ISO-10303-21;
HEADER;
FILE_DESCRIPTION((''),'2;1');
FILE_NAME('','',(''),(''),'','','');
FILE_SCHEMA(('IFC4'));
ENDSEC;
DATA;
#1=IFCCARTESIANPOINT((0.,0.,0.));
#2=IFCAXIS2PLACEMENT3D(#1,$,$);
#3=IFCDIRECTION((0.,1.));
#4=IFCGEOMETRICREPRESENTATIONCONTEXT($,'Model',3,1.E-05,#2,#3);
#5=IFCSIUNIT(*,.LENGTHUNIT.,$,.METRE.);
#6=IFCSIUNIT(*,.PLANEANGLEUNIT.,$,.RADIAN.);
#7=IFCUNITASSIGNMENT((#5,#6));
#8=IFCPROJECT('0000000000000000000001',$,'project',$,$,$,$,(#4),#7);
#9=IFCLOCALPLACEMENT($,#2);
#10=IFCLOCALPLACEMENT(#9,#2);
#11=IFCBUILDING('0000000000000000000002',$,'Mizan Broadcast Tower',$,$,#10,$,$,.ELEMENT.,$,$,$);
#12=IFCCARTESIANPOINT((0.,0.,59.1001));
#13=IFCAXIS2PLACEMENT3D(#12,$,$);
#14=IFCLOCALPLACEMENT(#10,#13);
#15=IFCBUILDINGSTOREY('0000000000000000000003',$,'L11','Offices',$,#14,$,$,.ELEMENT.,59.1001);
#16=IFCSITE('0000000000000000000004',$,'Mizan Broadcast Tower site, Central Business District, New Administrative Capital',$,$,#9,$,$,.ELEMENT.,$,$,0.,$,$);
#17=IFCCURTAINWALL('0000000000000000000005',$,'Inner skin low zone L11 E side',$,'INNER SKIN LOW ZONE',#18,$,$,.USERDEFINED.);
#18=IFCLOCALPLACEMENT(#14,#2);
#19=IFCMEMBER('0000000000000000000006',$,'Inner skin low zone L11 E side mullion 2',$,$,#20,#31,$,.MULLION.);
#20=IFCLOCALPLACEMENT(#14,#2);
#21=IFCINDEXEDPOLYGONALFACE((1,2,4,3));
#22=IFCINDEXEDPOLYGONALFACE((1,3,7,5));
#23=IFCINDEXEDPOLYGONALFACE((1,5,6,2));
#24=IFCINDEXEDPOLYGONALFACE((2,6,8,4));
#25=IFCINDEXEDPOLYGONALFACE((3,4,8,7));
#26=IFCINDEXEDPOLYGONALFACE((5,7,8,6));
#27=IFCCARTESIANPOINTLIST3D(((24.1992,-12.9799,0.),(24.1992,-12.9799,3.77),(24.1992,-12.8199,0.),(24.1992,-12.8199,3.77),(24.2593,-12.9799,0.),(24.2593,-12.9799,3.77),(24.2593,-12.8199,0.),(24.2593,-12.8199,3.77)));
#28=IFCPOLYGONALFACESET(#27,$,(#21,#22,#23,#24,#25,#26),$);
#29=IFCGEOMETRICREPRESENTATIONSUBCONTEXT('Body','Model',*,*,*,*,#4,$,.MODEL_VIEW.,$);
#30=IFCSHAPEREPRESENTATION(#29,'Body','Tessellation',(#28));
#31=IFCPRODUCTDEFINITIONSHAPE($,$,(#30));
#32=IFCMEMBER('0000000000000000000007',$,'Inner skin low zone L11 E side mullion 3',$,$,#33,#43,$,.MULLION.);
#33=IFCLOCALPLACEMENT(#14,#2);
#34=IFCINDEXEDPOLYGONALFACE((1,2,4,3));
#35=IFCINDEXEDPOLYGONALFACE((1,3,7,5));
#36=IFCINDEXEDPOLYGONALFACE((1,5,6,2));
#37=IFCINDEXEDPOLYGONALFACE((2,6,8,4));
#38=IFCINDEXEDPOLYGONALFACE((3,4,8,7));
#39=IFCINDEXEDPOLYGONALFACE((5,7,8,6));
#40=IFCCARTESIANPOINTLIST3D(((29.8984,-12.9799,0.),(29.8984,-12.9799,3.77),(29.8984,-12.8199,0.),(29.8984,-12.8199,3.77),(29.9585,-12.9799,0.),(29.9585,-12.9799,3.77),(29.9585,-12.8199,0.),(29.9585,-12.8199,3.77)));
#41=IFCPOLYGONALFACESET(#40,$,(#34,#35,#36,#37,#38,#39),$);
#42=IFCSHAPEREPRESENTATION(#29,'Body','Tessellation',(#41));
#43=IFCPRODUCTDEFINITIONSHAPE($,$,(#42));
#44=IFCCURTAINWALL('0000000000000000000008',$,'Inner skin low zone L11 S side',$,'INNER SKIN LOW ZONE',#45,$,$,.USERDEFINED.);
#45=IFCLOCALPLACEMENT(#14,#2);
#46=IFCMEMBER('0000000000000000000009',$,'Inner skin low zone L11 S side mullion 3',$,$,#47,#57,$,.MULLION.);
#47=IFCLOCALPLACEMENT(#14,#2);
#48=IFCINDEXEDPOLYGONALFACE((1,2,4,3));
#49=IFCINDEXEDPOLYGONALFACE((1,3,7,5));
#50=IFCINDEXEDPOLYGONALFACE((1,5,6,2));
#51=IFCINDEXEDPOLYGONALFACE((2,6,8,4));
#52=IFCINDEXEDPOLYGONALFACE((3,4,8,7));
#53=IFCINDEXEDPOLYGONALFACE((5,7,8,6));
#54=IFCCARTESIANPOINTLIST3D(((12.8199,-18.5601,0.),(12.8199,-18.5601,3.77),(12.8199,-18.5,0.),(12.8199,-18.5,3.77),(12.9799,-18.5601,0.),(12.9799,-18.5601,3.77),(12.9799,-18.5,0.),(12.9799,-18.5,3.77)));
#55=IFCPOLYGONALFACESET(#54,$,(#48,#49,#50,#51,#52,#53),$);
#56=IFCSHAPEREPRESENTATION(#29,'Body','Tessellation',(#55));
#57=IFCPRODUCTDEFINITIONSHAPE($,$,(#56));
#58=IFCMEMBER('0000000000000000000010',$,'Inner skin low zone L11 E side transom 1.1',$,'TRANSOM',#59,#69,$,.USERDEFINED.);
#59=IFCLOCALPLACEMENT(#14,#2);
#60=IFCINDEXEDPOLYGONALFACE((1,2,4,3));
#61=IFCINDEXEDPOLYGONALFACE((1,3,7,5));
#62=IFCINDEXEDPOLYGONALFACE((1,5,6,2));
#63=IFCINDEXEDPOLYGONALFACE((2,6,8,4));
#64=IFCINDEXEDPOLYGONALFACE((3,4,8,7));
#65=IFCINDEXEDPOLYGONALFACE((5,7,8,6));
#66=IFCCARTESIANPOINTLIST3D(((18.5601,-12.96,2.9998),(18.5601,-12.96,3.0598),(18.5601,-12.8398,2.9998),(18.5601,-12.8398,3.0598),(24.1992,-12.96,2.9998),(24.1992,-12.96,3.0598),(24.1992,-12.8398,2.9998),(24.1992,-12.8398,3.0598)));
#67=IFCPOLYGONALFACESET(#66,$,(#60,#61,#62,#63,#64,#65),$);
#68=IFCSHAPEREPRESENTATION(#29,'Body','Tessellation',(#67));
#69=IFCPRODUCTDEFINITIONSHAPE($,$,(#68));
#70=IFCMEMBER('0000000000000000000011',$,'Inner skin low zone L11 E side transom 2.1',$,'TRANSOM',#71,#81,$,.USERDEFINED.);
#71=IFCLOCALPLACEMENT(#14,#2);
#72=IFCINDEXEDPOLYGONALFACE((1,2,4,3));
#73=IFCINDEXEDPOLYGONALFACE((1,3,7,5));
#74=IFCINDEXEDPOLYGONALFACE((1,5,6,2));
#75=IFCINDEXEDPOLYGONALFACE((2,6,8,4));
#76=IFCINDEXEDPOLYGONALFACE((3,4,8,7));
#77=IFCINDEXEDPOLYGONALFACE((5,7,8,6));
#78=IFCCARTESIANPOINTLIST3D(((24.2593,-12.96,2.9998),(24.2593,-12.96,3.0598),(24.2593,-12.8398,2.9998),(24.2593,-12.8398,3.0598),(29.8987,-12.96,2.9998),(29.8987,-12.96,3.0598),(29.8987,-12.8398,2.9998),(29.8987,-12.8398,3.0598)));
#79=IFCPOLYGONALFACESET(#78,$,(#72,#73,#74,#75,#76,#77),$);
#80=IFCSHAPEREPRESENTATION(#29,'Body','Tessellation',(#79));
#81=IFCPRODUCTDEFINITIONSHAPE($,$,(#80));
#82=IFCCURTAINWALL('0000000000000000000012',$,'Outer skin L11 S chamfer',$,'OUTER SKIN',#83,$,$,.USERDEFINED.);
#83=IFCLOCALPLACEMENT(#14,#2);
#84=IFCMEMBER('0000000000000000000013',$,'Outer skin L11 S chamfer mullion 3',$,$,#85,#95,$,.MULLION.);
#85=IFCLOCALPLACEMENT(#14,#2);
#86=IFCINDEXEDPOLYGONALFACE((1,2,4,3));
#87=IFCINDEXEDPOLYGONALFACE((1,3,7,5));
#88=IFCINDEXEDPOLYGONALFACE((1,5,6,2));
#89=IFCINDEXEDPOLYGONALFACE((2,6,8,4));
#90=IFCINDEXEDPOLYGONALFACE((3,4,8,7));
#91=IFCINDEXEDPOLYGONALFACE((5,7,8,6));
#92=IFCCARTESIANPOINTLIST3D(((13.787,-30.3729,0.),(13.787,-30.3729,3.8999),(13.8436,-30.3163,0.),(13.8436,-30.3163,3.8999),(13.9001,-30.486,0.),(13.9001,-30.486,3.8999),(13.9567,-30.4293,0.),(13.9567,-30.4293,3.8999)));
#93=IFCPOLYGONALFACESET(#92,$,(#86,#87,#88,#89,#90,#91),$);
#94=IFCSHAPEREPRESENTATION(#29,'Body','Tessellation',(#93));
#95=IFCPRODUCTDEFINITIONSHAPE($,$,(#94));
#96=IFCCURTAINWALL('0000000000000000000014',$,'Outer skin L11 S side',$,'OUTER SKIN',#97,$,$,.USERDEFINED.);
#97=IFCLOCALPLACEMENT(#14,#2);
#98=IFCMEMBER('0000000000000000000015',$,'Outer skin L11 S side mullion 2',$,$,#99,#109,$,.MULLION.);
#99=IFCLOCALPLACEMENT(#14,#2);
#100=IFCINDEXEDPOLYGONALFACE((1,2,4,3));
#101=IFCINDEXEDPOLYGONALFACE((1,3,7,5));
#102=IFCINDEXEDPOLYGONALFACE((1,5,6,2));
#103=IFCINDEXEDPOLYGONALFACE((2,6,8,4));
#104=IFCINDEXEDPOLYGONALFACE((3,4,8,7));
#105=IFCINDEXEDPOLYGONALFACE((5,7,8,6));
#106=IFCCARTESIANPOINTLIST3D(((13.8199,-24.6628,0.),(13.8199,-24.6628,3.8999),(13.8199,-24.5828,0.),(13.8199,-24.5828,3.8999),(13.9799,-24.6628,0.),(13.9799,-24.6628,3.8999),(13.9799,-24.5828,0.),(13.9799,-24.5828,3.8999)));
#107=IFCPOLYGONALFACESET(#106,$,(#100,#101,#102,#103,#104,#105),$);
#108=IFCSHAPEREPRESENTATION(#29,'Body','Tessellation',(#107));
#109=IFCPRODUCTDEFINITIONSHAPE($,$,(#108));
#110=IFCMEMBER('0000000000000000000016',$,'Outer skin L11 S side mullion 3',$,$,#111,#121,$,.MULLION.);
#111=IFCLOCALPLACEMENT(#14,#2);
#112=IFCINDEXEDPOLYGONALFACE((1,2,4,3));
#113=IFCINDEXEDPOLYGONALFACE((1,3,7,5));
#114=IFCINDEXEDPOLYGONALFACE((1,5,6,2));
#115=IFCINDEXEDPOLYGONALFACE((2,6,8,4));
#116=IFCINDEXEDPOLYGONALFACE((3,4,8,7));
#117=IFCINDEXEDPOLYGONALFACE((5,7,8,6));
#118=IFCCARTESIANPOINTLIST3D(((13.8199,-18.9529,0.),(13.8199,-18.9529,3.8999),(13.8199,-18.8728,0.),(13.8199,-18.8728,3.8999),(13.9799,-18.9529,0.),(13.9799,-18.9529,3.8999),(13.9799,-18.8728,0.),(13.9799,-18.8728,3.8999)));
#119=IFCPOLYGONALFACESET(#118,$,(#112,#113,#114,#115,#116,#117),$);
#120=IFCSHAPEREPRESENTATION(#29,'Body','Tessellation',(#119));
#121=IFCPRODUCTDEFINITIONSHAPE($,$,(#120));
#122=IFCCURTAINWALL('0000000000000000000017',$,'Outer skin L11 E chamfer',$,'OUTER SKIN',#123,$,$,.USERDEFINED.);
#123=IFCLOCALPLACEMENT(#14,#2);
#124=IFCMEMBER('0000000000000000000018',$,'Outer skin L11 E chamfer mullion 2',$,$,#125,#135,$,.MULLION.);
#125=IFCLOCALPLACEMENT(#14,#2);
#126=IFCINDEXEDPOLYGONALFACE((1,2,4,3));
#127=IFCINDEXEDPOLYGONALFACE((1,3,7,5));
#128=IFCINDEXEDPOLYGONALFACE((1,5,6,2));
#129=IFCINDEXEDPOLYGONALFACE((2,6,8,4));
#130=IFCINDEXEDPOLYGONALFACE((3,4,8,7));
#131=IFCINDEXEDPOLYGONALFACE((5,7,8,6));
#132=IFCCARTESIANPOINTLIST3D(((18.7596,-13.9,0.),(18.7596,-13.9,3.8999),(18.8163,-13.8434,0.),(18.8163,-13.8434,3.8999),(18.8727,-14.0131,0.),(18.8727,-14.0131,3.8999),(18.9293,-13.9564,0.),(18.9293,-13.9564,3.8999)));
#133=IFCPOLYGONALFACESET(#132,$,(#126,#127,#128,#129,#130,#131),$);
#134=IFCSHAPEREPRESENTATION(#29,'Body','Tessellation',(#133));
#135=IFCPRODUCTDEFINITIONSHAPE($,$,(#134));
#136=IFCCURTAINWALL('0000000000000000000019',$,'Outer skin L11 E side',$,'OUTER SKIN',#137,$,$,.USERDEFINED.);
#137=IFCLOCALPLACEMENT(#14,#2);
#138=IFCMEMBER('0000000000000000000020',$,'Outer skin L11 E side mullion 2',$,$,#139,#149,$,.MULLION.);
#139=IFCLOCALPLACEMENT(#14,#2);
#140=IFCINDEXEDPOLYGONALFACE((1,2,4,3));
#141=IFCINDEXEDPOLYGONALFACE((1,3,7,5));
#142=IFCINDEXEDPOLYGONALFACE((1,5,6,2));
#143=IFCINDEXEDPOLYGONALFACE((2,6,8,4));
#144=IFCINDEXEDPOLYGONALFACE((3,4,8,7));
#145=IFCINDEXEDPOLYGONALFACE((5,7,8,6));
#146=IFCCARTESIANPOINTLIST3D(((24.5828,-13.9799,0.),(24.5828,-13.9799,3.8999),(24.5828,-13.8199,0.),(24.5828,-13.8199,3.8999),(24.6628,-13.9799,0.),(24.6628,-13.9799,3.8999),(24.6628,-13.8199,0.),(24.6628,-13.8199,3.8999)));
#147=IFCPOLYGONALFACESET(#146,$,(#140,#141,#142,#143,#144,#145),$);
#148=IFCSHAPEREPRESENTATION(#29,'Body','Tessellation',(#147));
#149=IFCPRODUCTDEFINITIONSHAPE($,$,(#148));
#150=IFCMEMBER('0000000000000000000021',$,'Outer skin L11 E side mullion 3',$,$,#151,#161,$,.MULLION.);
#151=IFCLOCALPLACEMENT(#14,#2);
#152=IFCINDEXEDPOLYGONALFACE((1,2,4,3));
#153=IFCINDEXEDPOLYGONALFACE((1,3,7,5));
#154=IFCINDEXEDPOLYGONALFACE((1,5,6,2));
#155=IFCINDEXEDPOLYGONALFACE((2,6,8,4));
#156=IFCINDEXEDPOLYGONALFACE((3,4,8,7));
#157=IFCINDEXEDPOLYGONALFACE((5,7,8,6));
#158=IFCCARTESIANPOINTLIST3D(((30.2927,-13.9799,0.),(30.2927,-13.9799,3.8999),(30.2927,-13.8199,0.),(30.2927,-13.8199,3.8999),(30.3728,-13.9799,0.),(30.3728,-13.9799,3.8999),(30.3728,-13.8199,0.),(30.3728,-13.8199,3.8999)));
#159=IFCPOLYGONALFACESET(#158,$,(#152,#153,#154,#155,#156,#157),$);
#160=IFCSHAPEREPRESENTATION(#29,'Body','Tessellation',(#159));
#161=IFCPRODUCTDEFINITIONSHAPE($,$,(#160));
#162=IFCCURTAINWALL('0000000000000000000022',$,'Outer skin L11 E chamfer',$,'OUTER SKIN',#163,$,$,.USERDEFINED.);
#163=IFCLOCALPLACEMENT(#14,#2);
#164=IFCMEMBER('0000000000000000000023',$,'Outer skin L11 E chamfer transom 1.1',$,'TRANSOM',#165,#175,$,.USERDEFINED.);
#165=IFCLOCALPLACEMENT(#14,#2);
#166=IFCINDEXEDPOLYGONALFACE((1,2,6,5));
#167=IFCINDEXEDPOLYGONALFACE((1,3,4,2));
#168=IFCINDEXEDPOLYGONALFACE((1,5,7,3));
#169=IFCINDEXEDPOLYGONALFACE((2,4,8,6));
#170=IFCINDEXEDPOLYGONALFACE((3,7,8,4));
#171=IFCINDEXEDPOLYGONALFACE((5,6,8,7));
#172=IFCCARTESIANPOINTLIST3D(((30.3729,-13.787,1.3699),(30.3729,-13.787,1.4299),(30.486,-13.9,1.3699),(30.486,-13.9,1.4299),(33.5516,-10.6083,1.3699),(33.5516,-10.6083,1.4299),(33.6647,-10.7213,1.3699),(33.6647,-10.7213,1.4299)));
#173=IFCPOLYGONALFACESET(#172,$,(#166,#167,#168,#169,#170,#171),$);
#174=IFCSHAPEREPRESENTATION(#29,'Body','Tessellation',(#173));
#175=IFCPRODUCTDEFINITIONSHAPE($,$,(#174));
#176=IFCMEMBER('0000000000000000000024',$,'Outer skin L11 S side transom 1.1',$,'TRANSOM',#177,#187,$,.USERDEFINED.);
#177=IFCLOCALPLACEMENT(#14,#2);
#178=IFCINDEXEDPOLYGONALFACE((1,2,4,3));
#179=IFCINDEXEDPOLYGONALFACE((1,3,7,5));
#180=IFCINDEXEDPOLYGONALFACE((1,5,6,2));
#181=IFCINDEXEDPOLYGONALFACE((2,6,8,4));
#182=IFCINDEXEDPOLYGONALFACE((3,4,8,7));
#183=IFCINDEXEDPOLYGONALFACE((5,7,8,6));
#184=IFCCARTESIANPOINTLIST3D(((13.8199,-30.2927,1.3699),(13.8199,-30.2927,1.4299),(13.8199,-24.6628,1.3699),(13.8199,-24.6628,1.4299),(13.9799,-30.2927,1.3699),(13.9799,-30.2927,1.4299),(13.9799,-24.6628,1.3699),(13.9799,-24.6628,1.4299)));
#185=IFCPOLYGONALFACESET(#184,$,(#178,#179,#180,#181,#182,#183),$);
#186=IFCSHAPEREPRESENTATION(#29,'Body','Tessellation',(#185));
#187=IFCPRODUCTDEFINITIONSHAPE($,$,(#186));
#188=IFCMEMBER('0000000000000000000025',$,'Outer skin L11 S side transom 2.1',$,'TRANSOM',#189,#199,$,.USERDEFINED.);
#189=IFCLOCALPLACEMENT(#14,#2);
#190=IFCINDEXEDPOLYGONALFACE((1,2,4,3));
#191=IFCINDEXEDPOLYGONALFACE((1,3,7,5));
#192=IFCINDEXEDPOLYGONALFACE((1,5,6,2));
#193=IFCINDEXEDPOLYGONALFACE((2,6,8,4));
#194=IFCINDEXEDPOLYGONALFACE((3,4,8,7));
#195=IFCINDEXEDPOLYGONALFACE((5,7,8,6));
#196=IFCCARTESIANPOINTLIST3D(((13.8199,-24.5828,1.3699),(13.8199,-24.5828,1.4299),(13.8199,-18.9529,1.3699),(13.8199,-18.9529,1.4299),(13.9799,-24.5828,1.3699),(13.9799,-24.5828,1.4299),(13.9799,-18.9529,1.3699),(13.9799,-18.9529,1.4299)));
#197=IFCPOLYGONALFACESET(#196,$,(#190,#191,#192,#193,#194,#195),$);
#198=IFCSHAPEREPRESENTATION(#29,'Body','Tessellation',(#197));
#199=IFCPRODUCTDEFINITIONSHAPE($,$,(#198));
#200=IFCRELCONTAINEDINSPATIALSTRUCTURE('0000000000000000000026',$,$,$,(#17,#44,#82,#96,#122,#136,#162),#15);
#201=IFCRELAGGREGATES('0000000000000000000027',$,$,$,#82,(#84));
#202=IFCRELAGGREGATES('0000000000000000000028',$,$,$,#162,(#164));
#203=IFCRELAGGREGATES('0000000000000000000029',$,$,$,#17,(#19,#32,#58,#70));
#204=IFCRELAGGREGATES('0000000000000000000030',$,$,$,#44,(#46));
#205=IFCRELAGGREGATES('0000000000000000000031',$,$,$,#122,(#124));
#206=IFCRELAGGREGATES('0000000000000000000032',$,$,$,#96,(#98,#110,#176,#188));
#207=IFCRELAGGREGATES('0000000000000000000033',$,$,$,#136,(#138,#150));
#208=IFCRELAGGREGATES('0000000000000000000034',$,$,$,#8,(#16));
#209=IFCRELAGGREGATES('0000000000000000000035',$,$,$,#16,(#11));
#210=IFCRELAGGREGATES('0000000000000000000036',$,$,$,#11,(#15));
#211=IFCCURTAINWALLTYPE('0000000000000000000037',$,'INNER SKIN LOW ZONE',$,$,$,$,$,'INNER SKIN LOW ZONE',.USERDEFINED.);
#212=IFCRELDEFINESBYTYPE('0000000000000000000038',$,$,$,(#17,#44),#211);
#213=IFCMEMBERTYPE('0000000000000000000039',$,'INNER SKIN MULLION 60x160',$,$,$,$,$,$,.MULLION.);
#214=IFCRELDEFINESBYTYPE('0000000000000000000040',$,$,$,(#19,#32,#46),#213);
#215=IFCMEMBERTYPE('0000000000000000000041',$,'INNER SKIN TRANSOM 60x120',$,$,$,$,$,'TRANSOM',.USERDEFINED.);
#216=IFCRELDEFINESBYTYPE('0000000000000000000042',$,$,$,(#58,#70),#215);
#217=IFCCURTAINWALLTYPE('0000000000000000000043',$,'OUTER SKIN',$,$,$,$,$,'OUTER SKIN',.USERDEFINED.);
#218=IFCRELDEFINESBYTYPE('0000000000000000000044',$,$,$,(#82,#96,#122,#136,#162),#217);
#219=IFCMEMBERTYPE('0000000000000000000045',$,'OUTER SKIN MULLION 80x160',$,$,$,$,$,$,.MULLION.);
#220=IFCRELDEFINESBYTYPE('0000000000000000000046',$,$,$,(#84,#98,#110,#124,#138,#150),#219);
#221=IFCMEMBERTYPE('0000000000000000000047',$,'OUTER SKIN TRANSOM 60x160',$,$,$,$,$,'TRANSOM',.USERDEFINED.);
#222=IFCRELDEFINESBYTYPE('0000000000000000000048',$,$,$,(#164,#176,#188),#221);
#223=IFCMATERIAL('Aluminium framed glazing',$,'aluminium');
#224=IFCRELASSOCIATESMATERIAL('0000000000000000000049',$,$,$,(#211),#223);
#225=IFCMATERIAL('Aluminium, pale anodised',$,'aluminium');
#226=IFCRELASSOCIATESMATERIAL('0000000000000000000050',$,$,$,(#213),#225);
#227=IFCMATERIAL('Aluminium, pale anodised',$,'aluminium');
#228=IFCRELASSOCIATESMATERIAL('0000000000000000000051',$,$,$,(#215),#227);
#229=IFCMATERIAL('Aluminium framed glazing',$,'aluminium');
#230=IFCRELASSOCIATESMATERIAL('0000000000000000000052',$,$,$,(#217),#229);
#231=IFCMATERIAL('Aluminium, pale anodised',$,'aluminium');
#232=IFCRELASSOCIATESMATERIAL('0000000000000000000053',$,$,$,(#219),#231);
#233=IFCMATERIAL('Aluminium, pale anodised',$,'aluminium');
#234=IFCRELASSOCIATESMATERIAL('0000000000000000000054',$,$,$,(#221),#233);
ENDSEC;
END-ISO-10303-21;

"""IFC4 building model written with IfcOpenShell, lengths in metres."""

from ifc_helpers import new_model, si_unit, direction, frame, origin, origin_2d, place, context, subcontext, project, spatial, rectangle, extrude, material, material_profile, profile_set, type_object, element, aggregate, save


model = new_model("IFC4")

# Units and contexts
model_context = context("Model", 3, precision=1e-05, world=origin(), true_north=direction((0.0, 1.0)))
body_context = subcontext(model_context, "Body", "Model", "MODEL_VIEW")
ifc_project = project(units=[si_unit("LENGTHUNIT", "METRE"), si_unit("PLANEANGLEUNIT", "RADIAN")], contexts=[model_context])

# Site, building, storey
site_placement = place(None, origin())
site = spatial("IfcSite", under=ifc_project, at=site_placement, Name="Mizan Broadcast Tower site, Central Business District, New Administrative Capital", CompositionType="ELEMENT", RefElevation=0.0)
building_placement = place(site_placement, origin())
building = spatial("IfcBuilding", under=site, at=building_placement, Name="Mizan Broadcast Tower", CompositionType="ELEMENT")
storey_placement = place(building_placement, frame((0.0, 0.0, 59.1001)))
storey = spatial("IfcBuildingStorey", under=building, at=storey_placement, Name="L11", Description="Offices", CompositionType="ELEMENT", Elevation=59.1001)

# Curtain wall, members
ifc_material_1 = material(Name="Aluminium framed glazing", Category="aluminium")
curtain_wall_type_1 = type_object("IfcCurtainWallType", Name="INNER SKIN LOW ZONE", ElementType="INNER SKIN LOW ZONE", PredefinedType="USERDEFINED", material=ifc_material_1)
curtain_wall_1_placement = place(storey_placement, origin())
curtain_wall_1 = element("IfcCurtainWall", 1, at=curtain_wall_1_placement, inside=storey, type_object=curtain_wall_type_1, Name="Inner skin low zone L11 E side", ObjectType="INNER SKIN LOW ZONE", PredefinedType="USERDEFINED")
ifc_material_2 = material(Name="Aluminium, pale anodised", Category="aluminium")
ifc_material_profile_1 = material_profile(ifc_material_2, rectangle(XDim=0.1599, YDim=0.0601, at=origin_2d()), Name="MULLION 160x60")
ifc_profile_set_1 = profile_set([ifc_material_profile_1], Name="Aluminium, pale anodised")
member_type_1 = type_object("IfcMemberType", Name="INNER SKIN MULLION 60x160", PredefinedType="MULLION", material=ifc_profile_set_1)
member_1_placement = place(storey_placement, frame((24.2292, -12.8999, 0.0), z_axis=(0.0, 0.0, 1.0), x_axis=(0.0, 1.0, 0.0)))
member_1 = element("IfcMember", 2, at=member_1_placement, type_object=member_type_1, Name="Inner skin low zone L11 E side mullion 2", PredefinedType="MULLION", context=body_context, shape_type="SweptSolid", body=[
    extrude(rectangle(XDim=0.1599, YDim=0.0601, at=origin_2d()), origin(), (0.0, 0.0, 1.0), 3.77),
])
member_2_placement = place(storey_placement, frame((29.9285, -12.8999, 0.0), z_axis=(0.0, 0.0, 1.0), x_axis=(0.0, 1.0, 0.0)))
member_2 = element("IfcMember", 3, at=member_2_placement, type_object=member_type_1, Name="Inner skin low zone L11 E side mullion 3", PredefinedType="MULLION", context=body_context, shape_type="SweptSolid", body=[
    extrude(rectangle(XDim=0.1599, YDim=0.0601, at=origin_2d()), origin(), (0.0, 0.0, 1.0), 3.77),
])

# Curtain wall, member
curtain_wall_2_placement = place(storey_placement, origin())
curtain_wall_2 = element("IfcCurtainWall", 4, at=curtain_wall_2_placement, inside=storey, type_object=curtain_wall_type_1, Name="Inner skin low zone L11 S side", ObjectType="INNER SKIN LOW ZONE", PredefinedType="USERDEFINED")
member_3_placement = place(storey_placement, frame((12.8999, -18.53, 0.0), z_axis=(0.0, 0.0, 1.0), x_axis=(-1.0, 0.0, 0.0)))
member_3 = element("IfcMember", 5, at=member_3_placement, type_object=member_type_1, Name="Inner skin low zone L11 S side mullion 3", PredefinedType="MULLION", context=body_context, shape_type="SweptSolid", body=[
    extrude(rectangle(XDim=0.1599, YDim=0.0601, at=origin_2d()), origin(), (0.0, 0.0, 1.0), 3.77),
])

# Members
ifc_material_3 = material(Name="Aluminium, pale anodised", Category="aluminium")
ifc_material_profile_2 = material_profile(ifc_material_3, rectangle(XDim=0.1201, YDim=0.0601, at=origin_2d()), Name="TRANSOM 120x60")
ifc_profile_set_2 = profile_set([ifc_material_profile_2], Name="Aluminium, pale anodised")
member_type_2 = type_object("IfcMemberType", Name="INNER SKIN TRANSOM 60x120", ElementType="TRANSOM", PredefinedType="USERDEFINED", material=ifc_profile_set_2)
member_4_placement = place(storey_placement, frame((18.5601, -12.8999, 3.0298), z_axis=(1.0, 0.0, 0.0), x_axis=(0.0, 1.0, 0.0)))
member_4 = element("IfcMember", 6, at=member_4_placement, type_object=member_type_2, Name="Inner skin low zone L11 E side transom 1.1", ObjectType="TRANSOM", PredefinedType="USERDEFINED", context=body_context, shape_type="SweptSolid", body=[
    extrude(rectangle(XDim=0.1201, YDim=0.0601, at=origin_2d()), origin(), (0.0, 0.0, 1.0), 5.6392),
])
member_5_placement = place(storey_placement, frame((24.2593, -12.8999, 3.0298), z_axis=(1.0, 0.0, 0.0), x_axis=(0.0, 1.0, 0.0)))
member_5 = element("IfcMember", 7, at=member_5_placement, type_object=member_type_2, Name="Inner skin low zone L11 E side transom 2.1", ObjectType="TRANSOM", PredefinedType="USERDEFINED", context=body_context, shape_type="SweptSolid", body=[
    extrude(rectangle(XDim=0.1201, YDim=0.0601, at=origin_2d()), origin(), (0.0, 0.0, 1.0), 5.6394),
])

# Curtain wall, member
ifc_material_4 = material(Name="Aluminium framed glazing", Category="aluminium")
curtain_wall_type_2 = type_object("IfcCurtainWallType", Name="OUTER SKIN", ElementType="OUTER SKIN", PredefinedType="USERDEFINED", material=ifc_material_4)
curtain_wall_3_placement = place(storey_placement, origin())
curtain_wall_3 = element("IfcCurtainWall", 8, at=curtain_wall_3_placement, inside=storey, type_object=curtain_wall_type_2, Name="Outer skin L11 S chamfer", ObjectType="OUTER SKIN", PredefinedType="USERDEFINED")
ifc_material_5 = material(Name="Aluminium, pale anodised", Category="aluminium")
ifc_material_profile_3 = material_profile(ifc_material_5, rectangle(XDim=0.1599, YDim=0.0801, at=origin_2d()), Name="MULLION 160x80")
ifc_profile_set_3 = profile_set([ifc_material_profile_3], Name="Aluminium, pale anodised")
member_type_3 = type_object("IfcMemberType", Name="OUTER SKIN MULLION 80x160", PredefinedType="MULLION", material=ifc_profile_set_3)
member_6_placement = place(storey_placement, frame((13.8718, -30.4011, 0.0), z_axis=(0.0, 0.0, 1.0), x_axis=(-0.707107, 0.707107, 0.0)))
member_6 = element("IfcMember", 9, at=member_6_placement, type_object=member_type_3, Name="Outer skin L11 S chamfer mullion 3", PredefinedType="MULLION", context=body_context, shape_type="SweptSolid", body=[
    extrude(rectangle(XDim=0.1599, YDim=0.0801, at=origin_2d()), origin(), (0.0, 0.0, 1.0), 3.8999),
])
aggregate(curtain_wall_3, [member_6])

# Curtain wall, members
curtain_wall_4_placement = place(storey_placement, origin())
curtain_wall_4 = element("IfcCurtainWall", 10, at=curtain_wall_4_placement, inside=storey, type_object=curtain_wall_type_2, Name="Outer skin L11 S side", ObjectType="OUTER SKIN", PredefinedType="USERDEFINED")
member_7_placement = place(storey_placement, frame((13.8999, -24.6228, 0.0), z_axis=(0.0, 0.0, 1.0), x_axis=(-1.0, 0.0, 0.0)))
member_7 = element("IfcMember", 11, at=member_7_placement, type_object=member_type_3, Name="Outer skin L11 S side mullion 2", PredefinedType="MULLION", context=body_context, shape_type="SweptSolid", body=[
    extrude(rectangle(XDim=0.1599, YDim=0.0801, at=origin_2d()), origin(), (0.0, 0.0, 1.0), 3.8999),
])
member_8_placement = place(storey_placement, frame((13.8999, -18.9128, 0.0), z_axis=(0.0, 0.0, 1.0), x_axis=(-1.0, 0.0, 0.0)))
member_8 = element("IfcMember", 12, at=member_8_placement, type_object=member_type_3, Name="Outer skin L11 S side mullion 3", PredefinedType="MULLION", context=body_context, shape_type="SweptSolid", body=[
    extrude(rectangle(XDim=0.1599, YDim=0.0801, at=origin_2d()), origin(), (0.0, 0.0, 1.0), 3.8999),
])

# Curtain wall, member
curtain_wall_5_placement = place(storey_placement, origin())
curtain_wall_5 = element("IfcCurtainWall", 13, at=curtain_wall_5_placement, inside=storey, type_object=curtain_wall_type_2, Name="Outer skin L11 E chamfer", ObjectType="OUTER SKIN", PredefinedType="USERDEFINED")
member_9_placement = place(storey_placement, frame((18.8445, -13.9282, 0.0), z_axis=(0.0, 0.0, 1.0), x_axis=(-0.707107, 0.707107, 0.0)))
member_9 = element("IfcMember", 14, at=member_9_placement, type_object=member_type_3, Name="Outer skin L11 E chamfer mullion 2", PredefinedType="MULLION", context=body_context, shape_type="SweptSolid", body=[
    extrude(rectangle(XDim=0.1599, YDim=0.0801, at=origin_2d()), origin(), (0.0, 0.0, 1.0), 3.8999),
])

# Curtain wall, members
curtain_wall_6_placement = place(storey_placement, origin())
curtain_wall_6 = element("IfcCurtainWall", 15, at=curtain_wall_6_placement, inside=storey, type_object=curtain_wall_type_2, Name="Outer skin L11 E side", ObjectType="OUTER SKIN", PredefinedType="USERDEFINED")
member_10_placement = place(storey_placement, frame((24.6228, -13.8999, 0.0), z_axis=(0.0, 0.0, 1.0), x_axis=(0.0, 1.0, 0.0)))
member_10 = element("IfcMember", 16, at=member_10_placement, type_object=member_type_3, Name="Outer skin L11 E side mullion 2", PredefinedType="MULLION", context=body_context, shape_type="SweptSolid", body=[
    extrude(rectangle(XDim=0.1599, YDim=0.0801, at=origin_2d()), origin(), (0.0, 0.0, 1.0), 3.8999),
])
member_11_placement = place(storey_placement, frame((30.3328, -13.8999, 0.0), z_axis=(0.0, 0.0, 1.0), x_axis=(0.0, 1.0, 0.0)))
member_11 = element("IfcMember", 17, at=member_11_placement, type_object=member_type_3, Name="Outer skin L11 E side mullion 3", PredefinedType="MULLION", context=body_context, shape_type="SweptSolid", body=[
    extrude(rectangle(XDim=0.1599, YDim=0.0801, at=origin_2d()), origin(), (0.0, 0.0, 1.0), 3.8999),
])

# Curtain wall, member
curtain_wall_7_placement = place(storey_placement, origin())
curtain_wall_7 = element("IfcCurtainWall", 18, at=curtain_wall_7_placement, inside=storey, type_object=curtain_wall_type_2, Name="Outer skin L11 E chamfer", ObjectType="OUTER SKIN", PredefinedType="USERDEFINED")
ifc_material_6 = material(Name="Aluminium, pale anodised", Category="aluminium")
ifc_material_profile_4 = material_profile(ifc_material_6, rectangle(XDim=0.1599, YDim=0.0601, at=origin_2d()), Name="TRANSOM 160x60")
ifc_profile_set_4 = profile_set([ifc_material_profile_4], Name="Aluminium, pale anodised")
member_type_4 = type_object("IfcMemberType", Name="OUTER SKIN TRANSOM 60x160", ElementType="TRANSOM", PredefinedType="USERDEFINED", material=ifc_profile_set_4)
member_12_placement = place(storey_placement, frame((30.4294, -13.8435, 1.3999), z_axis=(0.707107, 0.707107, 0.0), x_axis=(-0.707107, 0.707107, 0.0)))
member_12 = element("IfcMember", 19, at=member_12_placement, type_object=member_type_4, Name="Outer skin L11 E chamfer transom 1.1", ObjectType="TRANSOM", PredefinedType="USERDEFINED", context=body_context, shape_type="SweptSolid", body=[
    extrude(rectangle(XDim=0.1599, YDim=0.0601, at=origin_2d()), origin(), (0.0, 0.0, 1.0), 4.4954),
])
aggregate(curtain_wall_7, [member_12])

# Members
member_13_placement = place(storey_placement, frame((13.8999, -30.2927, 1.3999), z_axis=(0.0, 1.0, 0.0), x_axis=(-1.0, 0.0, 0.0)))
member_13 = element("IfcMember", 20, at=member_13_placement, type_object=member_type_4, Name="Outer skin L11 S side transom 1.1", ObjectType="TRANSOM", PredefinedType="USERDEFINED", context=body_context, shape_type="SweptSolid", body=[
    extrude(rectangle(XDim=0.1599, YDim=0.0601, at=origin_2d()), origin(), (0.0, 0.0, 1.0), 5.6299),
])
member_14_placement = place(storey_placement, frame((13.8999, -24.5828, 1.3999), z_axis=(0.0, 1.0, 0.0), x_axis=(-1.0, 0.0, 0.0)))
member_14 = element("IfcMember", 21, at=member_14_placement, type_object=member_type_4, Name="Outer skin L11 S side transom 2.1", ObjectType="TRANSOM", PredefinedType="USERDEFINED", context=body_context, shape_type="SweptSolid", body=[
    extrude(rectangle(XDim=0.1599, YDim=0.0601, at=origin_2d()), origin(), (0.0, 0.0, 1.0), 5.6299),
])

aggregate(curtain_wall_1, [member_1, member_2, member_4, member_5])
aggregate(curtain_wall_2, [member_3])
aggregate(curtain_wall_5, [member_9])
aggregate(curtain_wall_4, [member_7, member_8, member_13, member_14])
aggregate(curtain_wall_6, [member_10, member_11])

save(model, "model.ifc")
